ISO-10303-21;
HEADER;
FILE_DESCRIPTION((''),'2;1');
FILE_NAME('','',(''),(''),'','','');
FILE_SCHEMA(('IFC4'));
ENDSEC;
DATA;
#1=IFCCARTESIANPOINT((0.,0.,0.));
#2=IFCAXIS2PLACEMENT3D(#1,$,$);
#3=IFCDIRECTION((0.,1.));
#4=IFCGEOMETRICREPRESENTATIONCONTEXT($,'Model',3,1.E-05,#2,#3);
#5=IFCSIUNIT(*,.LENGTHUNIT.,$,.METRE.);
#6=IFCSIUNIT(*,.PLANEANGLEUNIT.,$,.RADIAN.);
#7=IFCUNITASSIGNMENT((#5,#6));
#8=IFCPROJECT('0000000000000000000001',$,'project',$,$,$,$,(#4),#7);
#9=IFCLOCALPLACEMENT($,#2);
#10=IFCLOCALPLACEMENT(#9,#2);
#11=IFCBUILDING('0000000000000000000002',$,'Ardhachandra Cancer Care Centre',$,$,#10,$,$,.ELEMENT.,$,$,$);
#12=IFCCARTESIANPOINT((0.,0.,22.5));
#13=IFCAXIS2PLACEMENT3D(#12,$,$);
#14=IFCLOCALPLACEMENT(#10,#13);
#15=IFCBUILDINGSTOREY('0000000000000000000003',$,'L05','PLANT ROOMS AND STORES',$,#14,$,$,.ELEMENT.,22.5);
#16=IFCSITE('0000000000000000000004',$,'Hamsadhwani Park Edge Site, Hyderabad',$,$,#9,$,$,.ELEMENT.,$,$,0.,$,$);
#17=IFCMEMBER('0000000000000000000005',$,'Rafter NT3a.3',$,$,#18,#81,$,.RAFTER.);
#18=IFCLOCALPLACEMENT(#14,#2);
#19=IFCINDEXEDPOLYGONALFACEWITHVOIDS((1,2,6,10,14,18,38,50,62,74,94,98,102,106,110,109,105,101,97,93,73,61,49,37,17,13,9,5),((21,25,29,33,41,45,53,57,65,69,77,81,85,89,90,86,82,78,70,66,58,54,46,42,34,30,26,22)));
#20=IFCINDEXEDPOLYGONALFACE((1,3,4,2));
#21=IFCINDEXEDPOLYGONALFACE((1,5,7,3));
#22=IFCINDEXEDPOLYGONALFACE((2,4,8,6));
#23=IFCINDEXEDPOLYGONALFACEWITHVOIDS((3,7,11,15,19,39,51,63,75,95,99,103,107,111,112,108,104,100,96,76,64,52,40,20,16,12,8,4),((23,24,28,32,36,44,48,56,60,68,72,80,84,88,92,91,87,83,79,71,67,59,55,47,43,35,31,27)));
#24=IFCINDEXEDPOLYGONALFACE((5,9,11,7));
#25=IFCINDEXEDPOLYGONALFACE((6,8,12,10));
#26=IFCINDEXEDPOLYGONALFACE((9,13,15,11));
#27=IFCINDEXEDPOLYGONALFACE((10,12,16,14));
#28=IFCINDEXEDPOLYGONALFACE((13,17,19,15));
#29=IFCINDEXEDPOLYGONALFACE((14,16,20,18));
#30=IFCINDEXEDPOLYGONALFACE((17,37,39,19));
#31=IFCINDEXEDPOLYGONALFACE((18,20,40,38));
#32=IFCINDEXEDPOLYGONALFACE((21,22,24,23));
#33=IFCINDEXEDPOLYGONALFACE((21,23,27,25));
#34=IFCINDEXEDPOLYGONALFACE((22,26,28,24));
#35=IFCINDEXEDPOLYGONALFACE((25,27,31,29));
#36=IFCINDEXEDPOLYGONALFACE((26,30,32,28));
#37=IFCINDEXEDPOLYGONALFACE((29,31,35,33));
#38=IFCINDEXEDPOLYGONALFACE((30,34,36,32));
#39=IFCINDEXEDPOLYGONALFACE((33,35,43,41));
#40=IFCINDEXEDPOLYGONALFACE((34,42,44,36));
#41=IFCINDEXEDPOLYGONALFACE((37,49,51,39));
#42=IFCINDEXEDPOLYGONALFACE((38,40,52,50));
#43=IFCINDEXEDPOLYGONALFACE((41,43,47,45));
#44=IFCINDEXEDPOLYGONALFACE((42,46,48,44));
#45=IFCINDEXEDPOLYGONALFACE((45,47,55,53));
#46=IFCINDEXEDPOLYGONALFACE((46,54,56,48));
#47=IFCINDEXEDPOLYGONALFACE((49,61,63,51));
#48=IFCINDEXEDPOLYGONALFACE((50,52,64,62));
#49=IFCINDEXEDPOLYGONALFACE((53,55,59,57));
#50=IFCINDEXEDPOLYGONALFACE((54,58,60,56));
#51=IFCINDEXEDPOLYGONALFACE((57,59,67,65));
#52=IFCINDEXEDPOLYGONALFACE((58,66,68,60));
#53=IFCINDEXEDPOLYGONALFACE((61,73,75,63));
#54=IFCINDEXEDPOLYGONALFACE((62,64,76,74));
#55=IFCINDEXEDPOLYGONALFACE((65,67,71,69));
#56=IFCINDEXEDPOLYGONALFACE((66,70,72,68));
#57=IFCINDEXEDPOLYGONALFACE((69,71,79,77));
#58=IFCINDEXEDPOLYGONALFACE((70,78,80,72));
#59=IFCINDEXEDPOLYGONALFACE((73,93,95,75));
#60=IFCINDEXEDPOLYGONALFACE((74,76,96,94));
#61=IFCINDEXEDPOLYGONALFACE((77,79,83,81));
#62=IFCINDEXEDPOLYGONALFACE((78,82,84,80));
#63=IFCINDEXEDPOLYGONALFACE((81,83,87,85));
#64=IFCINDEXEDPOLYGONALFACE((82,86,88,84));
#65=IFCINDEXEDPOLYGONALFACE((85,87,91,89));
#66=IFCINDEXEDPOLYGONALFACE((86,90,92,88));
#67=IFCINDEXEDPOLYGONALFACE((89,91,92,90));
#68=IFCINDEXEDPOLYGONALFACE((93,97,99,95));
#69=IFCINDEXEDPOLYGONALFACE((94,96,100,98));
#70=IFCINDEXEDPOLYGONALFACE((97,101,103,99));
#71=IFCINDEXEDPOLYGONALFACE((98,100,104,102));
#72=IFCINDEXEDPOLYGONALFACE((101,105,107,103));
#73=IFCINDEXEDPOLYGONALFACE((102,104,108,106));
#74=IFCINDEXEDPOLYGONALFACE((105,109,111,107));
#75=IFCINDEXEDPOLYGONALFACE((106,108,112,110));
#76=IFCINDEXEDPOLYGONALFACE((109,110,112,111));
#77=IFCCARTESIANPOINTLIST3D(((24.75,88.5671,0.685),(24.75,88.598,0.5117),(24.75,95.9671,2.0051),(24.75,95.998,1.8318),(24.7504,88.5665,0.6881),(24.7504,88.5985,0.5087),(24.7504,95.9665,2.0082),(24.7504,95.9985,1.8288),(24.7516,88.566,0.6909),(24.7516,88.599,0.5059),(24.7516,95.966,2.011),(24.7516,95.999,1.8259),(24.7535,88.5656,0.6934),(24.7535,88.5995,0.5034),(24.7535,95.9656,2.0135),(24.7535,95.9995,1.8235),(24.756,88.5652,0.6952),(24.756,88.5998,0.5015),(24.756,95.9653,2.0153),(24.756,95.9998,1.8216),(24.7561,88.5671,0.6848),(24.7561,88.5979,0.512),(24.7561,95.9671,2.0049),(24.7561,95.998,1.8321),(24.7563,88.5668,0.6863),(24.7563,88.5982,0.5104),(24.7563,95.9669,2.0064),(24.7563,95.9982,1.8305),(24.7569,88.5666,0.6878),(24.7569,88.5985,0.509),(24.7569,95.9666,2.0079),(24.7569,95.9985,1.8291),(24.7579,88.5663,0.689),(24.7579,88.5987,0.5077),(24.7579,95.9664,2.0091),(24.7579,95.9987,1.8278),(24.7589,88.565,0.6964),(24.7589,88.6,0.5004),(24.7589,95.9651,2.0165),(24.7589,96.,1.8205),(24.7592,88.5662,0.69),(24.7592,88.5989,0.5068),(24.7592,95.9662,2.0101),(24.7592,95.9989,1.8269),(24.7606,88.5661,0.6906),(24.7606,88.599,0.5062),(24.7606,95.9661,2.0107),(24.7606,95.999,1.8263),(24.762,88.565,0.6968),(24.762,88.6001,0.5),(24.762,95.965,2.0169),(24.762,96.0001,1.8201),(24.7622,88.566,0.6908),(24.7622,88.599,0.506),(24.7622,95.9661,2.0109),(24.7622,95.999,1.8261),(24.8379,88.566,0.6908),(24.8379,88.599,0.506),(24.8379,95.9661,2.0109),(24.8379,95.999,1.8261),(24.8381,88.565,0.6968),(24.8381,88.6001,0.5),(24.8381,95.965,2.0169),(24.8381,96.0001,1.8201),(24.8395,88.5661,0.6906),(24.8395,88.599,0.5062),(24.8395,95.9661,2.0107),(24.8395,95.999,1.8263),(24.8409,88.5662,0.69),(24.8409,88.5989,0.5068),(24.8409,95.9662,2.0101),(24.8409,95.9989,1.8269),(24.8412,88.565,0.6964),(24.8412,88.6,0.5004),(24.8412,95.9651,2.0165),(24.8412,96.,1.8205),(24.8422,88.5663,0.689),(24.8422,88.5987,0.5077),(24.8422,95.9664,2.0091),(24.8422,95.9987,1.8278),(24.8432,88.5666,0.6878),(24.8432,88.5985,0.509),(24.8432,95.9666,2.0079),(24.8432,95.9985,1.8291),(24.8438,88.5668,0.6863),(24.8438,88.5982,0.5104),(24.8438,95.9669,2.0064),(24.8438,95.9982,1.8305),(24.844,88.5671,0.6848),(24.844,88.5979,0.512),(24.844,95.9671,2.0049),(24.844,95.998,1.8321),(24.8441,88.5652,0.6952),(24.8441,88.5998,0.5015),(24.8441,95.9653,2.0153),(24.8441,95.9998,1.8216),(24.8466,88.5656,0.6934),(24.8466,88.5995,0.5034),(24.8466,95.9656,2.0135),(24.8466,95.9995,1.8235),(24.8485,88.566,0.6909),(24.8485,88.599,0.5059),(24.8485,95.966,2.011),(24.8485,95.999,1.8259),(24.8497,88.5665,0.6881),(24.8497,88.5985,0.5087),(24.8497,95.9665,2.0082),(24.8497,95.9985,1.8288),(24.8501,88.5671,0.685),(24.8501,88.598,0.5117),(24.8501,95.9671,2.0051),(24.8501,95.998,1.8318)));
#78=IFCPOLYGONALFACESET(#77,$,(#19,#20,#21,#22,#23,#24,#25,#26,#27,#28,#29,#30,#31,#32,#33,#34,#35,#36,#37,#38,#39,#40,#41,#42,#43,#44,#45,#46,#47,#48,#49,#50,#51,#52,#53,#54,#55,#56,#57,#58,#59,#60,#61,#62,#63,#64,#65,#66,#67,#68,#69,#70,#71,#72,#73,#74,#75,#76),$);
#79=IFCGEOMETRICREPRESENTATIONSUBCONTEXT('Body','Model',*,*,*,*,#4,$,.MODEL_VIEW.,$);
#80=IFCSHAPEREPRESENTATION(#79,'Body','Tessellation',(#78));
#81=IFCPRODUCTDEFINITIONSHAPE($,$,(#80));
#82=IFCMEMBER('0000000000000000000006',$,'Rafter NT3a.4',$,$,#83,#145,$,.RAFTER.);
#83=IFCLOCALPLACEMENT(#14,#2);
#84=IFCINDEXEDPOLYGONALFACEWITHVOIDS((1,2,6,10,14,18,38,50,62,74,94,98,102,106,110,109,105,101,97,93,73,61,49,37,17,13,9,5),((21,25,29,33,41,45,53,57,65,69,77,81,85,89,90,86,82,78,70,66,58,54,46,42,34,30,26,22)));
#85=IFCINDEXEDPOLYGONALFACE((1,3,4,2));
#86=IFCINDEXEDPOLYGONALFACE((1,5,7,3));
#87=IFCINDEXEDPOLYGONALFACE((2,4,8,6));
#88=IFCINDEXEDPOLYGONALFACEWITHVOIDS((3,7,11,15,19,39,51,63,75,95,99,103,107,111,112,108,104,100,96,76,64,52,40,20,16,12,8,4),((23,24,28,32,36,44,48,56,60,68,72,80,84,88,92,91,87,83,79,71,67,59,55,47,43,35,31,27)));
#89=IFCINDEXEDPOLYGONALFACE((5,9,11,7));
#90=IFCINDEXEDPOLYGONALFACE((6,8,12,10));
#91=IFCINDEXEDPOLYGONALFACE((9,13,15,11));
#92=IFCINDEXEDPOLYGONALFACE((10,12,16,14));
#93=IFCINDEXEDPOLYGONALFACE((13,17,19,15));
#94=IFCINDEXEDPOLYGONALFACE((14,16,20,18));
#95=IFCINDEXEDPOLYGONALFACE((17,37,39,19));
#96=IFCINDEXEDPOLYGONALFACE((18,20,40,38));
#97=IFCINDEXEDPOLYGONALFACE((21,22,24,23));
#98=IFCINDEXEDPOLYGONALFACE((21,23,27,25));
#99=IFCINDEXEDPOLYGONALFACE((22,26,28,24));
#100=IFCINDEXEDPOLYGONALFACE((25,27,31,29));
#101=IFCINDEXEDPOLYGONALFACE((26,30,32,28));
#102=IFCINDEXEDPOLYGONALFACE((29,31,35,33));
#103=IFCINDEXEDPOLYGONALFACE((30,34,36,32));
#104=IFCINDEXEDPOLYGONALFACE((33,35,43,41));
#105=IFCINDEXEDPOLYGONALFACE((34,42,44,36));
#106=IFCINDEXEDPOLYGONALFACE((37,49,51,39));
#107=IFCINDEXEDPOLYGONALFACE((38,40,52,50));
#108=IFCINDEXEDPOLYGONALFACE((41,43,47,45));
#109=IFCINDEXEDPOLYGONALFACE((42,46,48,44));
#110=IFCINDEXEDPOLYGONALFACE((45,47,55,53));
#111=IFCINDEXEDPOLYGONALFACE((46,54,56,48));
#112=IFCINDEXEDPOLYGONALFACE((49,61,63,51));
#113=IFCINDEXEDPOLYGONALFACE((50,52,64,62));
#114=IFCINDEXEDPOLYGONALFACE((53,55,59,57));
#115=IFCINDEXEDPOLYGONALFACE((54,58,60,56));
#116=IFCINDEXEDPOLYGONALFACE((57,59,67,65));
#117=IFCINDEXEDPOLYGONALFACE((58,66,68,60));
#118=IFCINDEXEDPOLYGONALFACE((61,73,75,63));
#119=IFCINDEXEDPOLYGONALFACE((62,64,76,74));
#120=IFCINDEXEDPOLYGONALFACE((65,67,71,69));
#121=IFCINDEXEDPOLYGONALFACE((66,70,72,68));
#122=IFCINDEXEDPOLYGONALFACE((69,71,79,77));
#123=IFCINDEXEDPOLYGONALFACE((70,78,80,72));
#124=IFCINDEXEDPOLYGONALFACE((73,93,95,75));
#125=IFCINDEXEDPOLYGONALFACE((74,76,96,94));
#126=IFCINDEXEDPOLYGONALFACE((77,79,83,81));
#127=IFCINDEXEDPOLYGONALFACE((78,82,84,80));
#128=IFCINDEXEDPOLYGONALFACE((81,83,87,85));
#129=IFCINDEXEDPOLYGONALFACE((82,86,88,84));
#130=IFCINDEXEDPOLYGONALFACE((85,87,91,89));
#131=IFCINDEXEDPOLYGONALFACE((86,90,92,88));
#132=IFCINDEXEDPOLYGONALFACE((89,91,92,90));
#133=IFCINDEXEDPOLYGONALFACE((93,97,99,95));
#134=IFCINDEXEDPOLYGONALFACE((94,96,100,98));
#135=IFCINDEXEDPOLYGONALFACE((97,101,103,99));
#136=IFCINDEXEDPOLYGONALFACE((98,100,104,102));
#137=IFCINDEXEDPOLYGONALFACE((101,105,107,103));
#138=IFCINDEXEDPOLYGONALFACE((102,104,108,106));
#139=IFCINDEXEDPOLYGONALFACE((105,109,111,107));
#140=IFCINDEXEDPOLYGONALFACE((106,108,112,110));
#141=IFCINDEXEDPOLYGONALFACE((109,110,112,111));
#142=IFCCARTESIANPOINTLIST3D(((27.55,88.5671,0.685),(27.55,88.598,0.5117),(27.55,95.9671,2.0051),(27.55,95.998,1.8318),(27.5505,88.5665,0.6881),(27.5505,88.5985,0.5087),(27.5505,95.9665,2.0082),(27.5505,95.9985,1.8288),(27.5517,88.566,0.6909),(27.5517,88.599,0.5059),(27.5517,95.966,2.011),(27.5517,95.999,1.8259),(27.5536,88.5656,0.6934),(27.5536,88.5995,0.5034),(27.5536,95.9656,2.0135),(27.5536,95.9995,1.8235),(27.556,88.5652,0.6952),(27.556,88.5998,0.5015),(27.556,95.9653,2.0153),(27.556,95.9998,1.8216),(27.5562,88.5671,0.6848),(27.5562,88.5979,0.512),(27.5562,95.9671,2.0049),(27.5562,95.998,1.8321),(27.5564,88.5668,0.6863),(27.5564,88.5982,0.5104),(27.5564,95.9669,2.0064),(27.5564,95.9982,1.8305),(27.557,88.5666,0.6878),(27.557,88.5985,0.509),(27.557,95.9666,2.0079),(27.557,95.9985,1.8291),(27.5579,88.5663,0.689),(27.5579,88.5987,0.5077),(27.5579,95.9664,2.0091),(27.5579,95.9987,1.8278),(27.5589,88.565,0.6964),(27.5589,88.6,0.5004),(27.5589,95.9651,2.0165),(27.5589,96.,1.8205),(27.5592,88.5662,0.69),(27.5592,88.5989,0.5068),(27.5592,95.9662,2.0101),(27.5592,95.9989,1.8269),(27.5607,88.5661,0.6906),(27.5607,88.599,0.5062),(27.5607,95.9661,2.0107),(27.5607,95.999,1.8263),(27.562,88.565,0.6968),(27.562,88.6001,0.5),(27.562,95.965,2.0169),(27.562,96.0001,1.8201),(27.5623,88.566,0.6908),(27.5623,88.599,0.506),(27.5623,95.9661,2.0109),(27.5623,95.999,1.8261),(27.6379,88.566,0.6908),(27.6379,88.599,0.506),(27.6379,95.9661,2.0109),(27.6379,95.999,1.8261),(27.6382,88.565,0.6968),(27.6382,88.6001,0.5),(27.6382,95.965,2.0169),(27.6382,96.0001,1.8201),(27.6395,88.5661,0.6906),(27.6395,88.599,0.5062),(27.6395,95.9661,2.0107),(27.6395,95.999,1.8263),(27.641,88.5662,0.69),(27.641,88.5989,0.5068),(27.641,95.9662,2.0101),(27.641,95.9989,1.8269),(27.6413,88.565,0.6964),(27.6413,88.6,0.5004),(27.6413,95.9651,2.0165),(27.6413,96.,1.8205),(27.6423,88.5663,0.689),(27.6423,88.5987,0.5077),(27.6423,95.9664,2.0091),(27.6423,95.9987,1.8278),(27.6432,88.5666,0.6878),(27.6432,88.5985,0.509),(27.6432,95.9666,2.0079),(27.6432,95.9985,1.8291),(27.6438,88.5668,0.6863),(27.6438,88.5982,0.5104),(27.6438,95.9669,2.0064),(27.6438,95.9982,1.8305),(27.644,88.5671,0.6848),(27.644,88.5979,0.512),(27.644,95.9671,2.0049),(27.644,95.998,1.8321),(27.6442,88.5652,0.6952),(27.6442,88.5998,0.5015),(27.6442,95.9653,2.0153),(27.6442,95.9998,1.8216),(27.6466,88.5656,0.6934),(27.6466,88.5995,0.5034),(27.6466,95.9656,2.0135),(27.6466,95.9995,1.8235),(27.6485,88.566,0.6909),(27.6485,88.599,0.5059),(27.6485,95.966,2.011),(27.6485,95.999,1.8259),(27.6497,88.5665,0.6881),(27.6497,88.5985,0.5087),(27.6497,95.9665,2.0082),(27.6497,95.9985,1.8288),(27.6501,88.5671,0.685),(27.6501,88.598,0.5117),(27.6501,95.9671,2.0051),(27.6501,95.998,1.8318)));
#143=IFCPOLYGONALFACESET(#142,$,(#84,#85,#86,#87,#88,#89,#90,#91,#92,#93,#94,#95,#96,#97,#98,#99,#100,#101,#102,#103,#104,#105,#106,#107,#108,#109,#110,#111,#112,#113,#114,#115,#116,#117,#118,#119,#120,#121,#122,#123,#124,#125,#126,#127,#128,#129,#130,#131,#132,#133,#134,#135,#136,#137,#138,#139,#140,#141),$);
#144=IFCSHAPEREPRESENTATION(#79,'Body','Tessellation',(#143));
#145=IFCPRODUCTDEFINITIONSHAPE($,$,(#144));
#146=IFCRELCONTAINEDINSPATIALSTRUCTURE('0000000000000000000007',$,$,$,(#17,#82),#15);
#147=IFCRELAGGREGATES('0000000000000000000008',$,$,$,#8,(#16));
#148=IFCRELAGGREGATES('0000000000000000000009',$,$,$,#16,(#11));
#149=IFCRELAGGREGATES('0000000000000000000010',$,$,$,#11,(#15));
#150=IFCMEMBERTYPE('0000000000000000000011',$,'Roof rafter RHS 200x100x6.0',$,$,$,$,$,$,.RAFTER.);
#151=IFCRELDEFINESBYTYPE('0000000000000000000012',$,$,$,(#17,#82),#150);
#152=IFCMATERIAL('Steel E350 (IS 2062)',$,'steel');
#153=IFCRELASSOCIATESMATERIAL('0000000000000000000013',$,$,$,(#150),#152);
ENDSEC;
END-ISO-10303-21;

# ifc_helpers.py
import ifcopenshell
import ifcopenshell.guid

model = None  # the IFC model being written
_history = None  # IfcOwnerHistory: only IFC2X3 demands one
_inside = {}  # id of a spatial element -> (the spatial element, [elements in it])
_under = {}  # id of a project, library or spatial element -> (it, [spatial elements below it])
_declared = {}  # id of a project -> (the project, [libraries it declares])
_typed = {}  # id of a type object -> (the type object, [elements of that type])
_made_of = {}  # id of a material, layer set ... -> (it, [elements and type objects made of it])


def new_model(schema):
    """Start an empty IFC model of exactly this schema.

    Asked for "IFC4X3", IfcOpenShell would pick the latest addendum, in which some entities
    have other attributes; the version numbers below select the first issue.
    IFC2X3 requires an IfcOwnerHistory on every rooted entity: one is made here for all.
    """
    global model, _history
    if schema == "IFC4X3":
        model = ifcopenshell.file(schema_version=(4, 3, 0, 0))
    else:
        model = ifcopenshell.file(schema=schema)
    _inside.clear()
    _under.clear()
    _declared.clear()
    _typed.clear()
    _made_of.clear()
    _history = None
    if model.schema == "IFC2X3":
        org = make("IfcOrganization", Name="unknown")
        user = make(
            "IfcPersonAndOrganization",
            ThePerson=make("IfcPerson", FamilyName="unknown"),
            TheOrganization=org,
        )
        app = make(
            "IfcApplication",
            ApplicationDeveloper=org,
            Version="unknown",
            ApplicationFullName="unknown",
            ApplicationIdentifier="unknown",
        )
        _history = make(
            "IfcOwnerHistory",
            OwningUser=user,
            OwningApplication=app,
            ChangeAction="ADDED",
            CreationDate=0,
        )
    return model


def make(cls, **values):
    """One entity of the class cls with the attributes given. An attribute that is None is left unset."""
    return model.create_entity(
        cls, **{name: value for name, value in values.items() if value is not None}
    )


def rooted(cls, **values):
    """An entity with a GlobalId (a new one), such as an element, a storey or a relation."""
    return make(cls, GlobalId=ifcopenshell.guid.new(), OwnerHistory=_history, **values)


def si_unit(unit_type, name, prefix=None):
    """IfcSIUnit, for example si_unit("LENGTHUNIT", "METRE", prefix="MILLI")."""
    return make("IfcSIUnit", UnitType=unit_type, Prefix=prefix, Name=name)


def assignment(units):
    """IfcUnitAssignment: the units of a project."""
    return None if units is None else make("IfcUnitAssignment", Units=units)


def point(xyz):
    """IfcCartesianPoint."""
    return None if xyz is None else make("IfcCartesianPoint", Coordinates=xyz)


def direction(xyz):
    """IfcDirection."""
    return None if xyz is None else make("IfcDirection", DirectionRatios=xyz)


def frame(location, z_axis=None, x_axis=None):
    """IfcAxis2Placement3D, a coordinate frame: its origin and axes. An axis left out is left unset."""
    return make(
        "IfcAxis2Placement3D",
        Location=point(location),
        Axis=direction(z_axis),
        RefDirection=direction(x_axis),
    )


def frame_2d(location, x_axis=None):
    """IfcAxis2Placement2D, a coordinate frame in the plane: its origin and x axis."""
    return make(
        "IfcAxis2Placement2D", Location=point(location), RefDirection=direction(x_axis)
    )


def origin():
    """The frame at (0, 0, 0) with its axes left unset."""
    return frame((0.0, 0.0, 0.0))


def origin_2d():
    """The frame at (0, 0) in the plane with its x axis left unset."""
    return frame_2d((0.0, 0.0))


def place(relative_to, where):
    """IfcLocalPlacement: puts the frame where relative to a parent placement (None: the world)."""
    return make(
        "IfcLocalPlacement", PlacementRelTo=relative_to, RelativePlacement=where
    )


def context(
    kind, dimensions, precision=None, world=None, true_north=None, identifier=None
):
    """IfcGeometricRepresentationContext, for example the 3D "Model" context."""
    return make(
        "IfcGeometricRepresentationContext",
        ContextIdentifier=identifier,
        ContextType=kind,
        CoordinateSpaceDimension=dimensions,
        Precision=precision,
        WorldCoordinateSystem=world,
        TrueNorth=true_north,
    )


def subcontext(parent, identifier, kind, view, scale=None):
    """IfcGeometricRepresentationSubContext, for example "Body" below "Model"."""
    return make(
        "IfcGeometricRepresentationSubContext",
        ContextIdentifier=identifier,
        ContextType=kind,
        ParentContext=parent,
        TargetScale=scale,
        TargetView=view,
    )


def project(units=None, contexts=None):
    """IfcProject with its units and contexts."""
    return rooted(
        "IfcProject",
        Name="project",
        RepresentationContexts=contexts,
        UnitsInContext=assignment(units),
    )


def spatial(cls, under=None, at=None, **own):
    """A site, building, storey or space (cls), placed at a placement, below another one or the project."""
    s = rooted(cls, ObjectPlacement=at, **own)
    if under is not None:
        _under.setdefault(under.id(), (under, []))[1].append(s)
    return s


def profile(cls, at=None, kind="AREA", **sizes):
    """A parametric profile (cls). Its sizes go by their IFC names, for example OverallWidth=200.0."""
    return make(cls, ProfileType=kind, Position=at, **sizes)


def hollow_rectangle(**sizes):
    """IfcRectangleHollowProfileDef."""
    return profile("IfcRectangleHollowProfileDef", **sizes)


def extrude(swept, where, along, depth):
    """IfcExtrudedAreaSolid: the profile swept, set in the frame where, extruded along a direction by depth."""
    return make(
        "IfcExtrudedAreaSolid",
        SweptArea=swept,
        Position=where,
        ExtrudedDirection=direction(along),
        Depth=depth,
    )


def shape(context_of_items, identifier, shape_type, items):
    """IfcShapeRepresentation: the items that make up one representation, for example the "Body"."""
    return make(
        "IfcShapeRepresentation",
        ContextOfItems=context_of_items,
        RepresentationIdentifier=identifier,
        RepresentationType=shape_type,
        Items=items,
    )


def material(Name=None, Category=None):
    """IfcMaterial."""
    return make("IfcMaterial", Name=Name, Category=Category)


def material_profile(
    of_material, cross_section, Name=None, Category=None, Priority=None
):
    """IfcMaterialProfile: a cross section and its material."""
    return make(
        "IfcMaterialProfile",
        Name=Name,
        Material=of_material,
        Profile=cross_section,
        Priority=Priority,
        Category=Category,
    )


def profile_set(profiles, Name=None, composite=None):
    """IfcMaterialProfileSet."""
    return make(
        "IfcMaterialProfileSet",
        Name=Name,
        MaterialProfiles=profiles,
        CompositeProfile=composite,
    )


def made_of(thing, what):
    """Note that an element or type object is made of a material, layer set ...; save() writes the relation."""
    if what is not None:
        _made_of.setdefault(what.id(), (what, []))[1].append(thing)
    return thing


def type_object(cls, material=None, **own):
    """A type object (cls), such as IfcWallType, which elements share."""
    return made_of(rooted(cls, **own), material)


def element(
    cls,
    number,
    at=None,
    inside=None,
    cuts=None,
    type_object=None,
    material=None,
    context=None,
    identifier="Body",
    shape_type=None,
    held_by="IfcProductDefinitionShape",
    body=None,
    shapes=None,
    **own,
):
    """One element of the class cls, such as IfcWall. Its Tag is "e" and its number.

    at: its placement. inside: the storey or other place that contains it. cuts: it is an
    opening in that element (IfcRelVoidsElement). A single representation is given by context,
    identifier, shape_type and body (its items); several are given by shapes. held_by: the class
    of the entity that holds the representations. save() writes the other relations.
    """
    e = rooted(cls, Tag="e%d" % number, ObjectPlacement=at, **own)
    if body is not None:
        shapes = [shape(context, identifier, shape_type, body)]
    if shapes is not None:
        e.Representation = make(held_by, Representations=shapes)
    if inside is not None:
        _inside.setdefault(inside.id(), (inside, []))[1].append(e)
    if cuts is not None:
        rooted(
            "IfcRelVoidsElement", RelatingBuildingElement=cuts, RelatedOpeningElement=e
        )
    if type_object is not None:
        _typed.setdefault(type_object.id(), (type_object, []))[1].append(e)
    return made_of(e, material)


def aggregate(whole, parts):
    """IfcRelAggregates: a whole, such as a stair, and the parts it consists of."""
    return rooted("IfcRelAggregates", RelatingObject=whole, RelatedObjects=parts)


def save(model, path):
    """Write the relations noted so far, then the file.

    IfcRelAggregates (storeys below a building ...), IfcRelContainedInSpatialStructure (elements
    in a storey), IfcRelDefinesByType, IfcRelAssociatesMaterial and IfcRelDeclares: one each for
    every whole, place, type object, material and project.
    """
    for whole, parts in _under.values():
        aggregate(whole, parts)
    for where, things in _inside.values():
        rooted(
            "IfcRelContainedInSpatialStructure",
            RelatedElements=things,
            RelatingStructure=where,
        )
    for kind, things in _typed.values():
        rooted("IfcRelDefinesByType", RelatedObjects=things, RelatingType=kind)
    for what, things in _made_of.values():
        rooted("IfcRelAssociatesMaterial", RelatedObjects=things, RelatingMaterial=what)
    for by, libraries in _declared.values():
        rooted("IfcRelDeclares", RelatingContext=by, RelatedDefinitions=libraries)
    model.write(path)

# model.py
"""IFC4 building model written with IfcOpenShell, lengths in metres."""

from ifc_helpers import new_model, si_unit, direction, frame, origin, origin_2d, place, context, subcontext, project, spatial, hollow_rectangle, extrude, material, material_profile, profile_set, type_object, element, save


model = new_model("IFC4")

# Units and contexts
model_context = context("Model", 3, precision=1e-05, world=origin(), true_north=direction((0.0, 1.0)))
body_context = subcontext(model_context, "Body", "Model", "MODEL_VIEW")
ifc_project = project(units=[si_unit("LENGTHUNIT", "METRE"), si_unit("PLANEANGLEUNIT", "RADIAN")], contexts=[model_context])

# Site, building, storey
site_placement = place(None, origin())
site = spatial("IfcSite", under=ifc_project, at=site_placement, Name="Hamsadhwani Park Edge Site, Hyderabad", CompositionType="ELEMENT", RefElevation=0.0)
building_placement = place(site_placement, origin())
building = spatial("IfcBuilding", under=site, at=building_placement, Name="Ardhachandra Cancer Care Centre", CompositionType="ELEMENT")
storey_placement = place(building_placement, frame((0.0, 0.0, 22.5)))
storey = spatial("IfcBuildingStorey", under=building, at=storey_placement, Name="L05", Description="PLANT ROOMS AND STORES", CompositionType="ELEMENT", Elevation=22.5)

# Members
ifc_material_1 = material(Name="Steel E350 (IS 2062)", Category="steel")
ifc_material_profile_1 = material_profile(ifc_material_1, hollow_rectangle(XDim=0.1001, YDim=0.2, WallThickness=0.0061, InnerFilletRadius=0.0061, OuterFilletRadius=0.012, at=origin_2d()), Name="RHS 200x100x6.0")
ifc_profile_set_1 = profile_set([ifc_material_profile_1], Name="Steel E350 (IS 2062)")
member_type_1 = type_object("IfcMemberType", Name="Roof rafter RHS 200x100x6.0", PredefinedType="RAFTER", material=ifc_profile_set_1)
for number, where, z_axis, x_axis, name in (
    (1, (24.8, 88.5825, 0.5984), (0.0, 0.984458, 0.175618), (-1.0, 0.0, 0.0), "Rafter NT3a.3"),
    (2, (27.6001, 88.5825, 0.5984), (0.0, 0.984458, 0.175618), (-1.0, 0.0, 0.0), "Rafter NT3a.4"),
):
    element("IfcMember", number, at=place(storey_placement, frame(where, z_axis=z_axis, x_axis=x_axis)), inside=storey, type_object=member_type_1, Name=name, PredefinedType="RAFTER", context=body_context, shape_type="SweptSolid", body=[
        extrude(hollow_rectangle(XDim=0.1001, YDim=0.2, WallThickness=0.0061, InnerFilletRadius=0.0061, OuterFilletRadius=0.012, at=origin_2d()), origin(), (0.0, 0.0, 1.0), 7.5168),
    ])

save(model, "model.ifc")
